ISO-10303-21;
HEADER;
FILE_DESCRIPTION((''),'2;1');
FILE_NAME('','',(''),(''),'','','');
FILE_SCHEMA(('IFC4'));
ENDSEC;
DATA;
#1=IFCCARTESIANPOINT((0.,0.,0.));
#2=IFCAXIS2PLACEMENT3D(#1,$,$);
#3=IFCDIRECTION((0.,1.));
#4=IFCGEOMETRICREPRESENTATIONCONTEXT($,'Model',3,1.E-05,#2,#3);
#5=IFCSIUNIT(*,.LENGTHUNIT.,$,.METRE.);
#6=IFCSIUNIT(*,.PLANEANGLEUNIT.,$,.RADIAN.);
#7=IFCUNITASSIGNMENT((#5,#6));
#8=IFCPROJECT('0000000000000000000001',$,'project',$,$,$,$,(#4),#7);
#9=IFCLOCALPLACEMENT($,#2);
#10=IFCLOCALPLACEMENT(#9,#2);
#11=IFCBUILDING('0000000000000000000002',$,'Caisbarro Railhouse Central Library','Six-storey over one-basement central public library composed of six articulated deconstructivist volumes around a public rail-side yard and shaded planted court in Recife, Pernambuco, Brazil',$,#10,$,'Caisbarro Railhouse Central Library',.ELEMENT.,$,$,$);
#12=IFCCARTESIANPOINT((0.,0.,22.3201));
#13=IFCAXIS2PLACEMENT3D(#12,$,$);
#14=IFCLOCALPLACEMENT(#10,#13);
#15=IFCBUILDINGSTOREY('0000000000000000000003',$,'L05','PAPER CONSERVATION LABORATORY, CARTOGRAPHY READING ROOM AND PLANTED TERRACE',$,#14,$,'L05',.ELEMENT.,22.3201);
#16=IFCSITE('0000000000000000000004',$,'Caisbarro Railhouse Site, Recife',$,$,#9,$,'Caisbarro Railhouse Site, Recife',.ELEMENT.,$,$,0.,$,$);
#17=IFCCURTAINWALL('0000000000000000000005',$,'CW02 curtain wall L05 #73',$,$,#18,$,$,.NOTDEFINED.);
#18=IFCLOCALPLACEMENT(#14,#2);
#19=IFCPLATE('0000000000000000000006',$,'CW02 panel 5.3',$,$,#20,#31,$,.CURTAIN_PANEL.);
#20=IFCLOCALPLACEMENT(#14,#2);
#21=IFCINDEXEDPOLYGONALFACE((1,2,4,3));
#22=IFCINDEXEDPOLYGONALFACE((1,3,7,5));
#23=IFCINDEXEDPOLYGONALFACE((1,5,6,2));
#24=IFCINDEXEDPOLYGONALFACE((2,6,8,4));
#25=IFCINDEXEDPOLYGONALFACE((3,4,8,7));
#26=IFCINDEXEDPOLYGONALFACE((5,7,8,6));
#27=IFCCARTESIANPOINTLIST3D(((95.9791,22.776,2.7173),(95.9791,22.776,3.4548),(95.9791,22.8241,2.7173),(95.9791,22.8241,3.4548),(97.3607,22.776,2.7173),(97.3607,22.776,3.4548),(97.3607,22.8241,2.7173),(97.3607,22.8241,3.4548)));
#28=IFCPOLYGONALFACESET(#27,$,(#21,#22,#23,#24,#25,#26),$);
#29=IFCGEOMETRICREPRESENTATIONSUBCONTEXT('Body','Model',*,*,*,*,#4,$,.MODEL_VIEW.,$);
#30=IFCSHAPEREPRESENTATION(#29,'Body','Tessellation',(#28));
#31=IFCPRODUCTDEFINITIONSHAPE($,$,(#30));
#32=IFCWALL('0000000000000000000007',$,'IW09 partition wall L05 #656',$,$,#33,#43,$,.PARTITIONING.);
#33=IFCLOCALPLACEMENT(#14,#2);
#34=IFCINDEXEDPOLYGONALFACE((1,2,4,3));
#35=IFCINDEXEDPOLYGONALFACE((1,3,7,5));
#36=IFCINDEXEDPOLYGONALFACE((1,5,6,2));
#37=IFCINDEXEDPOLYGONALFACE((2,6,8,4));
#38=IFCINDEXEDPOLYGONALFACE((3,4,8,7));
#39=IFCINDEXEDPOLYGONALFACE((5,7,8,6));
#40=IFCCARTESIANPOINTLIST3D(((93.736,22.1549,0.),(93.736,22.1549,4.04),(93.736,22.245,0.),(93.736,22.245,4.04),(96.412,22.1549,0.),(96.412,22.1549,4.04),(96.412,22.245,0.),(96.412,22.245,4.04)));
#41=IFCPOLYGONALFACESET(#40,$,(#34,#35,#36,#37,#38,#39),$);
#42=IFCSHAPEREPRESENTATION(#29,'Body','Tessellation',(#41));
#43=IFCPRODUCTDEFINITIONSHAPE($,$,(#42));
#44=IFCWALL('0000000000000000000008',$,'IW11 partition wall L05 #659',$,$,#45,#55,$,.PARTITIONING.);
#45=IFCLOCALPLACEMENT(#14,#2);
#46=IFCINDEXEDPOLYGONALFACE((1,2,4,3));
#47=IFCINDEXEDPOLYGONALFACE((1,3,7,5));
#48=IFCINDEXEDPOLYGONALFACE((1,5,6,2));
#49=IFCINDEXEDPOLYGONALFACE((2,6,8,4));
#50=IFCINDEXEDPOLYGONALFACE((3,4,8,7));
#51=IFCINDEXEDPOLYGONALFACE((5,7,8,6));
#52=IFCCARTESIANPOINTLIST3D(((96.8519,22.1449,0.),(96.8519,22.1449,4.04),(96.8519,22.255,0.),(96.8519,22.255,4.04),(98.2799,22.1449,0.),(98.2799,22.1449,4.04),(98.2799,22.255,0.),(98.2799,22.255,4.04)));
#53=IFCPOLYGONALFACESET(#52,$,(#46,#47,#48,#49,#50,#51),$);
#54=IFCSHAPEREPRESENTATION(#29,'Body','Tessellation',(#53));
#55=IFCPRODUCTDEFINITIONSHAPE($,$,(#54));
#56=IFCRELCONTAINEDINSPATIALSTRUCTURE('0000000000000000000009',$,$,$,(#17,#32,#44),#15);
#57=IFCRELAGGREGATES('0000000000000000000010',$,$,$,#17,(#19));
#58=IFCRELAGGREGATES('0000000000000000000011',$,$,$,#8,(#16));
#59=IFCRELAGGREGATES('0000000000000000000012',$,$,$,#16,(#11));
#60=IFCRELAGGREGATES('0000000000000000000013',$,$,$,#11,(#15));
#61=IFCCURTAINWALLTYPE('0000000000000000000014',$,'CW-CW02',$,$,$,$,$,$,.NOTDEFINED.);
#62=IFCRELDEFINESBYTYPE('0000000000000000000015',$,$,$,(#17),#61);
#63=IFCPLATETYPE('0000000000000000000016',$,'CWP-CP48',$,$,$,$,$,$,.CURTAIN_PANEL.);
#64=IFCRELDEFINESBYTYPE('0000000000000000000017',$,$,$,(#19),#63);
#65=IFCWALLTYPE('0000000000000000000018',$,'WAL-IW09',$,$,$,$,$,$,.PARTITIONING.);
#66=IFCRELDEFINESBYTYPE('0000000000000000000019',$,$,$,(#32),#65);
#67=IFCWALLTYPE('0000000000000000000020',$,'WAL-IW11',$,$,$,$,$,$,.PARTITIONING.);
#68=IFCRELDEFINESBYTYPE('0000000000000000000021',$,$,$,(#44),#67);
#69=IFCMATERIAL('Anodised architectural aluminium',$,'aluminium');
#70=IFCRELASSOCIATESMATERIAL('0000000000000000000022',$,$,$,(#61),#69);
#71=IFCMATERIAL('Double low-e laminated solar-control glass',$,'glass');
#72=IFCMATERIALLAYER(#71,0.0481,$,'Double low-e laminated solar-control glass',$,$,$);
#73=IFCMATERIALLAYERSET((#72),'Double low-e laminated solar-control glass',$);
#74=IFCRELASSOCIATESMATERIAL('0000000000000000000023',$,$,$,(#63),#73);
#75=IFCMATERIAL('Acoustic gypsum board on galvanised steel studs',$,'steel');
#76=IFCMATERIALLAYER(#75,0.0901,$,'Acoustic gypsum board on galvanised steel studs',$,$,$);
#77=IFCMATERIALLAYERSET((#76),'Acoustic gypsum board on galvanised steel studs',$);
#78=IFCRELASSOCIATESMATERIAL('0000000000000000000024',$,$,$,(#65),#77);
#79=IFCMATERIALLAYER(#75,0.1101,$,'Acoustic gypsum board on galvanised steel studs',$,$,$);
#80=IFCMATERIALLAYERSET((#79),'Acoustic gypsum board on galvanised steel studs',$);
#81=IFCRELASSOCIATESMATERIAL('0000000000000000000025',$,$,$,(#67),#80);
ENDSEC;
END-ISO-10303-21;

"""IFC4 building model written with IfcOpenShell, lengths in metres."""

from ifc_helpers import new_model, si_unit, direction, frame, frame_2d, origin, origin_2d, place, context, subcontext, project, spatial, rectangle, extrude, material, layer, layer_set, type_object, element, aggregate, save


model = new_model("IFC4")

# Units and contexts
model_context = context("Model", 3, precision=1e-05, world=origin(), true_north=direction((0.0, 1.0)))
body_context = subcontext(model_context, "Body", "Model", "MODEL_VIEW")
ifc_project = project(units=[si_unit("LENGTHUNIT", "METRE"), si_unit("PLANEANGLEUNIT", "RADIAN")], contexts=[model_context])

# Site, building, storey
site_placement = place(None, origin())
site = spatial("IfcSite", under=ifc_project, at=site_placement, Name="Caisbarro Railhouse Site, Recife", LongName="Caisbarro Railhouse Site, Recife", CompositionType="ELEMENT", RefElevation=0.0)
building_placement = place(site_placement, origin())
building = spatial("IfcBuilding", under=site, at=building_placement, Name="Caisbarro Railhouse Central Library", Description="Six-storey over one-basement central public library composed of six articulated deconstructivist volumes around a public rail-side yard and shaded planted court in Recife, Pernambuco, Brazil", LongName="Caisbarro Railhouse Central Library", CompositionType="ELEMENT")
storey_placement = place(building_placement, frame((0.0, 0.0, 22.3201)))
storey = spatial("IfcBuildingStorey", under=building, at=storey_placement, Name="L05", Description="PAPER CONSERVATION LABORATORY, CARTOGRAPHY READING ROOM AND PLANTED TERRACE", LongName="L05", CompositionType="ELEMENT", Elevation=22.3201)

# Curtain wall, plate
ifc_material_1 = material(Name="Anodised architectural aluminium", Category="aluminium")
curtain_wall_type = type_object("IfcCurtainWallType", Name="CW-CW02", PredefinedType="NOTDEFINED", material=ifc_material_1)
curtain_wall_placement = place(storey_placement, origin())
curtain_wall = element("IfcCurtainWall", 1, at=curtain_wall_placement, inside=storey, type_object=curtain_wall_type, Name="CW02 curtain wall L05 #73", PredefinedType="NOTDEFINED")
ifc_material_2 = material(Name="Double low-e laminated solar-control glass", Category="glass")
ifc_layer_1 = layer(ifc_material_2, 0.0481, Name="Double low-e laminated solar-control glass")
ifc_layer_set_1 = layer_set([ifc_layer_1], Name="Double low-e laminated solar-control glass")
plate_type = type_object("IfcPlateType", Name="CWP-CP48", PredefinedType="CURTAIN_PANEL", material=ifc_layer_set_1)
plate_1_placement = place(storey_placement, frame((96.6699, 22.8, 2.7173), z_axis=(0.0, 0.0, 1.0), x_axis=(1.0, 0.0, 0.0)))
plate_1 = element("IfcPlate", 2, at=plate_1_placement, type_object=plate_type, Name="CW02 panel 5.3", PredefinedType="CURTAIN_PANEL", context=body_context, shape_type="SweptSolid", body=[
    extrude(rectangle(XDim=1.3816, YDim=0.0481, at=origin_2d()), origin(), (0.0, 0.0, 1.0), 0.7375),
])
aggregate(curtain_wall, [plate_1])

# Walls
ifc_material_3 = material(Name="Acoustic gypsum board on galvanised steel studs", Category="steel")
ifc_layer_2 = layer(ifc_material_3, 0.0901, Name="Acoustic gypsum board on galvanised steel studs")
ifc_layer_set_2 = layer_set([ifc_layer_2], Name="Acoustic gypsum board on galvanised steel studs")
wall_type_1 = type_object("IfcWallType", Name="WAL-IW09", PredefinedType="PARTITIONING", material=ifc_layer_set_2)
wall_1_placement = place(storey_placement, frame((93.7361, 22.2, 0.0), z_axis=(0.0, 0.0, 1.0), x_axis=(1.0, 0.0, 0.0)))
element("IfcWall", 3, at=wall_1_placement, inside=storey, type_object=wall_type_1, Name="IW09 partition wall L05 #656", PredefinedType="PARTITIONING", context=body_context, shape_type="SweptSolid", body=[
    extrude(rectangle(XDim=2.676, YDim=0.0901, at=frame_2d((1.3379, 0.0))), origin(), (0.0, 0.0, 1.0), 4.04),
])
ifc_layer_3 = layer(ifc_material_3, 0.1101, Name="Acoustic gypsum board on galvanised steel studs")
ifc_layer_set_3 = layer_set([ifc_layer_3], Name="Acoustic gypsum board on galvanised steel studs")
wall_type_2 = type_object("IfcWallType", Name="WAL-IW11", PredefinedType="PARTITIONING", material=ifc_layer_set_3)
wall_2_placement = place(storey_placement, frame((96.8521, 22.2, 0.0), z_axis=(0.0, 0.0, 1.0), x_axis=(1.0, 0.0, 0.0)))
element("IfcWall", 4, at=wall_2_placement, inside=storey, type_object=wall_type_2, Name="IW11 partition wall L05 #659", PredefinedType="PARTITIONING", context=body_context, shape_type="SweptSolid", body=[
    extrude(rectangle(XDim=1.428, YDim=0.1101, at=frame_2d((0.7139, 0.0))), origin(), (0.0, 0.0, 1.0), 4.04),
])

save(model, "model.ifc")
